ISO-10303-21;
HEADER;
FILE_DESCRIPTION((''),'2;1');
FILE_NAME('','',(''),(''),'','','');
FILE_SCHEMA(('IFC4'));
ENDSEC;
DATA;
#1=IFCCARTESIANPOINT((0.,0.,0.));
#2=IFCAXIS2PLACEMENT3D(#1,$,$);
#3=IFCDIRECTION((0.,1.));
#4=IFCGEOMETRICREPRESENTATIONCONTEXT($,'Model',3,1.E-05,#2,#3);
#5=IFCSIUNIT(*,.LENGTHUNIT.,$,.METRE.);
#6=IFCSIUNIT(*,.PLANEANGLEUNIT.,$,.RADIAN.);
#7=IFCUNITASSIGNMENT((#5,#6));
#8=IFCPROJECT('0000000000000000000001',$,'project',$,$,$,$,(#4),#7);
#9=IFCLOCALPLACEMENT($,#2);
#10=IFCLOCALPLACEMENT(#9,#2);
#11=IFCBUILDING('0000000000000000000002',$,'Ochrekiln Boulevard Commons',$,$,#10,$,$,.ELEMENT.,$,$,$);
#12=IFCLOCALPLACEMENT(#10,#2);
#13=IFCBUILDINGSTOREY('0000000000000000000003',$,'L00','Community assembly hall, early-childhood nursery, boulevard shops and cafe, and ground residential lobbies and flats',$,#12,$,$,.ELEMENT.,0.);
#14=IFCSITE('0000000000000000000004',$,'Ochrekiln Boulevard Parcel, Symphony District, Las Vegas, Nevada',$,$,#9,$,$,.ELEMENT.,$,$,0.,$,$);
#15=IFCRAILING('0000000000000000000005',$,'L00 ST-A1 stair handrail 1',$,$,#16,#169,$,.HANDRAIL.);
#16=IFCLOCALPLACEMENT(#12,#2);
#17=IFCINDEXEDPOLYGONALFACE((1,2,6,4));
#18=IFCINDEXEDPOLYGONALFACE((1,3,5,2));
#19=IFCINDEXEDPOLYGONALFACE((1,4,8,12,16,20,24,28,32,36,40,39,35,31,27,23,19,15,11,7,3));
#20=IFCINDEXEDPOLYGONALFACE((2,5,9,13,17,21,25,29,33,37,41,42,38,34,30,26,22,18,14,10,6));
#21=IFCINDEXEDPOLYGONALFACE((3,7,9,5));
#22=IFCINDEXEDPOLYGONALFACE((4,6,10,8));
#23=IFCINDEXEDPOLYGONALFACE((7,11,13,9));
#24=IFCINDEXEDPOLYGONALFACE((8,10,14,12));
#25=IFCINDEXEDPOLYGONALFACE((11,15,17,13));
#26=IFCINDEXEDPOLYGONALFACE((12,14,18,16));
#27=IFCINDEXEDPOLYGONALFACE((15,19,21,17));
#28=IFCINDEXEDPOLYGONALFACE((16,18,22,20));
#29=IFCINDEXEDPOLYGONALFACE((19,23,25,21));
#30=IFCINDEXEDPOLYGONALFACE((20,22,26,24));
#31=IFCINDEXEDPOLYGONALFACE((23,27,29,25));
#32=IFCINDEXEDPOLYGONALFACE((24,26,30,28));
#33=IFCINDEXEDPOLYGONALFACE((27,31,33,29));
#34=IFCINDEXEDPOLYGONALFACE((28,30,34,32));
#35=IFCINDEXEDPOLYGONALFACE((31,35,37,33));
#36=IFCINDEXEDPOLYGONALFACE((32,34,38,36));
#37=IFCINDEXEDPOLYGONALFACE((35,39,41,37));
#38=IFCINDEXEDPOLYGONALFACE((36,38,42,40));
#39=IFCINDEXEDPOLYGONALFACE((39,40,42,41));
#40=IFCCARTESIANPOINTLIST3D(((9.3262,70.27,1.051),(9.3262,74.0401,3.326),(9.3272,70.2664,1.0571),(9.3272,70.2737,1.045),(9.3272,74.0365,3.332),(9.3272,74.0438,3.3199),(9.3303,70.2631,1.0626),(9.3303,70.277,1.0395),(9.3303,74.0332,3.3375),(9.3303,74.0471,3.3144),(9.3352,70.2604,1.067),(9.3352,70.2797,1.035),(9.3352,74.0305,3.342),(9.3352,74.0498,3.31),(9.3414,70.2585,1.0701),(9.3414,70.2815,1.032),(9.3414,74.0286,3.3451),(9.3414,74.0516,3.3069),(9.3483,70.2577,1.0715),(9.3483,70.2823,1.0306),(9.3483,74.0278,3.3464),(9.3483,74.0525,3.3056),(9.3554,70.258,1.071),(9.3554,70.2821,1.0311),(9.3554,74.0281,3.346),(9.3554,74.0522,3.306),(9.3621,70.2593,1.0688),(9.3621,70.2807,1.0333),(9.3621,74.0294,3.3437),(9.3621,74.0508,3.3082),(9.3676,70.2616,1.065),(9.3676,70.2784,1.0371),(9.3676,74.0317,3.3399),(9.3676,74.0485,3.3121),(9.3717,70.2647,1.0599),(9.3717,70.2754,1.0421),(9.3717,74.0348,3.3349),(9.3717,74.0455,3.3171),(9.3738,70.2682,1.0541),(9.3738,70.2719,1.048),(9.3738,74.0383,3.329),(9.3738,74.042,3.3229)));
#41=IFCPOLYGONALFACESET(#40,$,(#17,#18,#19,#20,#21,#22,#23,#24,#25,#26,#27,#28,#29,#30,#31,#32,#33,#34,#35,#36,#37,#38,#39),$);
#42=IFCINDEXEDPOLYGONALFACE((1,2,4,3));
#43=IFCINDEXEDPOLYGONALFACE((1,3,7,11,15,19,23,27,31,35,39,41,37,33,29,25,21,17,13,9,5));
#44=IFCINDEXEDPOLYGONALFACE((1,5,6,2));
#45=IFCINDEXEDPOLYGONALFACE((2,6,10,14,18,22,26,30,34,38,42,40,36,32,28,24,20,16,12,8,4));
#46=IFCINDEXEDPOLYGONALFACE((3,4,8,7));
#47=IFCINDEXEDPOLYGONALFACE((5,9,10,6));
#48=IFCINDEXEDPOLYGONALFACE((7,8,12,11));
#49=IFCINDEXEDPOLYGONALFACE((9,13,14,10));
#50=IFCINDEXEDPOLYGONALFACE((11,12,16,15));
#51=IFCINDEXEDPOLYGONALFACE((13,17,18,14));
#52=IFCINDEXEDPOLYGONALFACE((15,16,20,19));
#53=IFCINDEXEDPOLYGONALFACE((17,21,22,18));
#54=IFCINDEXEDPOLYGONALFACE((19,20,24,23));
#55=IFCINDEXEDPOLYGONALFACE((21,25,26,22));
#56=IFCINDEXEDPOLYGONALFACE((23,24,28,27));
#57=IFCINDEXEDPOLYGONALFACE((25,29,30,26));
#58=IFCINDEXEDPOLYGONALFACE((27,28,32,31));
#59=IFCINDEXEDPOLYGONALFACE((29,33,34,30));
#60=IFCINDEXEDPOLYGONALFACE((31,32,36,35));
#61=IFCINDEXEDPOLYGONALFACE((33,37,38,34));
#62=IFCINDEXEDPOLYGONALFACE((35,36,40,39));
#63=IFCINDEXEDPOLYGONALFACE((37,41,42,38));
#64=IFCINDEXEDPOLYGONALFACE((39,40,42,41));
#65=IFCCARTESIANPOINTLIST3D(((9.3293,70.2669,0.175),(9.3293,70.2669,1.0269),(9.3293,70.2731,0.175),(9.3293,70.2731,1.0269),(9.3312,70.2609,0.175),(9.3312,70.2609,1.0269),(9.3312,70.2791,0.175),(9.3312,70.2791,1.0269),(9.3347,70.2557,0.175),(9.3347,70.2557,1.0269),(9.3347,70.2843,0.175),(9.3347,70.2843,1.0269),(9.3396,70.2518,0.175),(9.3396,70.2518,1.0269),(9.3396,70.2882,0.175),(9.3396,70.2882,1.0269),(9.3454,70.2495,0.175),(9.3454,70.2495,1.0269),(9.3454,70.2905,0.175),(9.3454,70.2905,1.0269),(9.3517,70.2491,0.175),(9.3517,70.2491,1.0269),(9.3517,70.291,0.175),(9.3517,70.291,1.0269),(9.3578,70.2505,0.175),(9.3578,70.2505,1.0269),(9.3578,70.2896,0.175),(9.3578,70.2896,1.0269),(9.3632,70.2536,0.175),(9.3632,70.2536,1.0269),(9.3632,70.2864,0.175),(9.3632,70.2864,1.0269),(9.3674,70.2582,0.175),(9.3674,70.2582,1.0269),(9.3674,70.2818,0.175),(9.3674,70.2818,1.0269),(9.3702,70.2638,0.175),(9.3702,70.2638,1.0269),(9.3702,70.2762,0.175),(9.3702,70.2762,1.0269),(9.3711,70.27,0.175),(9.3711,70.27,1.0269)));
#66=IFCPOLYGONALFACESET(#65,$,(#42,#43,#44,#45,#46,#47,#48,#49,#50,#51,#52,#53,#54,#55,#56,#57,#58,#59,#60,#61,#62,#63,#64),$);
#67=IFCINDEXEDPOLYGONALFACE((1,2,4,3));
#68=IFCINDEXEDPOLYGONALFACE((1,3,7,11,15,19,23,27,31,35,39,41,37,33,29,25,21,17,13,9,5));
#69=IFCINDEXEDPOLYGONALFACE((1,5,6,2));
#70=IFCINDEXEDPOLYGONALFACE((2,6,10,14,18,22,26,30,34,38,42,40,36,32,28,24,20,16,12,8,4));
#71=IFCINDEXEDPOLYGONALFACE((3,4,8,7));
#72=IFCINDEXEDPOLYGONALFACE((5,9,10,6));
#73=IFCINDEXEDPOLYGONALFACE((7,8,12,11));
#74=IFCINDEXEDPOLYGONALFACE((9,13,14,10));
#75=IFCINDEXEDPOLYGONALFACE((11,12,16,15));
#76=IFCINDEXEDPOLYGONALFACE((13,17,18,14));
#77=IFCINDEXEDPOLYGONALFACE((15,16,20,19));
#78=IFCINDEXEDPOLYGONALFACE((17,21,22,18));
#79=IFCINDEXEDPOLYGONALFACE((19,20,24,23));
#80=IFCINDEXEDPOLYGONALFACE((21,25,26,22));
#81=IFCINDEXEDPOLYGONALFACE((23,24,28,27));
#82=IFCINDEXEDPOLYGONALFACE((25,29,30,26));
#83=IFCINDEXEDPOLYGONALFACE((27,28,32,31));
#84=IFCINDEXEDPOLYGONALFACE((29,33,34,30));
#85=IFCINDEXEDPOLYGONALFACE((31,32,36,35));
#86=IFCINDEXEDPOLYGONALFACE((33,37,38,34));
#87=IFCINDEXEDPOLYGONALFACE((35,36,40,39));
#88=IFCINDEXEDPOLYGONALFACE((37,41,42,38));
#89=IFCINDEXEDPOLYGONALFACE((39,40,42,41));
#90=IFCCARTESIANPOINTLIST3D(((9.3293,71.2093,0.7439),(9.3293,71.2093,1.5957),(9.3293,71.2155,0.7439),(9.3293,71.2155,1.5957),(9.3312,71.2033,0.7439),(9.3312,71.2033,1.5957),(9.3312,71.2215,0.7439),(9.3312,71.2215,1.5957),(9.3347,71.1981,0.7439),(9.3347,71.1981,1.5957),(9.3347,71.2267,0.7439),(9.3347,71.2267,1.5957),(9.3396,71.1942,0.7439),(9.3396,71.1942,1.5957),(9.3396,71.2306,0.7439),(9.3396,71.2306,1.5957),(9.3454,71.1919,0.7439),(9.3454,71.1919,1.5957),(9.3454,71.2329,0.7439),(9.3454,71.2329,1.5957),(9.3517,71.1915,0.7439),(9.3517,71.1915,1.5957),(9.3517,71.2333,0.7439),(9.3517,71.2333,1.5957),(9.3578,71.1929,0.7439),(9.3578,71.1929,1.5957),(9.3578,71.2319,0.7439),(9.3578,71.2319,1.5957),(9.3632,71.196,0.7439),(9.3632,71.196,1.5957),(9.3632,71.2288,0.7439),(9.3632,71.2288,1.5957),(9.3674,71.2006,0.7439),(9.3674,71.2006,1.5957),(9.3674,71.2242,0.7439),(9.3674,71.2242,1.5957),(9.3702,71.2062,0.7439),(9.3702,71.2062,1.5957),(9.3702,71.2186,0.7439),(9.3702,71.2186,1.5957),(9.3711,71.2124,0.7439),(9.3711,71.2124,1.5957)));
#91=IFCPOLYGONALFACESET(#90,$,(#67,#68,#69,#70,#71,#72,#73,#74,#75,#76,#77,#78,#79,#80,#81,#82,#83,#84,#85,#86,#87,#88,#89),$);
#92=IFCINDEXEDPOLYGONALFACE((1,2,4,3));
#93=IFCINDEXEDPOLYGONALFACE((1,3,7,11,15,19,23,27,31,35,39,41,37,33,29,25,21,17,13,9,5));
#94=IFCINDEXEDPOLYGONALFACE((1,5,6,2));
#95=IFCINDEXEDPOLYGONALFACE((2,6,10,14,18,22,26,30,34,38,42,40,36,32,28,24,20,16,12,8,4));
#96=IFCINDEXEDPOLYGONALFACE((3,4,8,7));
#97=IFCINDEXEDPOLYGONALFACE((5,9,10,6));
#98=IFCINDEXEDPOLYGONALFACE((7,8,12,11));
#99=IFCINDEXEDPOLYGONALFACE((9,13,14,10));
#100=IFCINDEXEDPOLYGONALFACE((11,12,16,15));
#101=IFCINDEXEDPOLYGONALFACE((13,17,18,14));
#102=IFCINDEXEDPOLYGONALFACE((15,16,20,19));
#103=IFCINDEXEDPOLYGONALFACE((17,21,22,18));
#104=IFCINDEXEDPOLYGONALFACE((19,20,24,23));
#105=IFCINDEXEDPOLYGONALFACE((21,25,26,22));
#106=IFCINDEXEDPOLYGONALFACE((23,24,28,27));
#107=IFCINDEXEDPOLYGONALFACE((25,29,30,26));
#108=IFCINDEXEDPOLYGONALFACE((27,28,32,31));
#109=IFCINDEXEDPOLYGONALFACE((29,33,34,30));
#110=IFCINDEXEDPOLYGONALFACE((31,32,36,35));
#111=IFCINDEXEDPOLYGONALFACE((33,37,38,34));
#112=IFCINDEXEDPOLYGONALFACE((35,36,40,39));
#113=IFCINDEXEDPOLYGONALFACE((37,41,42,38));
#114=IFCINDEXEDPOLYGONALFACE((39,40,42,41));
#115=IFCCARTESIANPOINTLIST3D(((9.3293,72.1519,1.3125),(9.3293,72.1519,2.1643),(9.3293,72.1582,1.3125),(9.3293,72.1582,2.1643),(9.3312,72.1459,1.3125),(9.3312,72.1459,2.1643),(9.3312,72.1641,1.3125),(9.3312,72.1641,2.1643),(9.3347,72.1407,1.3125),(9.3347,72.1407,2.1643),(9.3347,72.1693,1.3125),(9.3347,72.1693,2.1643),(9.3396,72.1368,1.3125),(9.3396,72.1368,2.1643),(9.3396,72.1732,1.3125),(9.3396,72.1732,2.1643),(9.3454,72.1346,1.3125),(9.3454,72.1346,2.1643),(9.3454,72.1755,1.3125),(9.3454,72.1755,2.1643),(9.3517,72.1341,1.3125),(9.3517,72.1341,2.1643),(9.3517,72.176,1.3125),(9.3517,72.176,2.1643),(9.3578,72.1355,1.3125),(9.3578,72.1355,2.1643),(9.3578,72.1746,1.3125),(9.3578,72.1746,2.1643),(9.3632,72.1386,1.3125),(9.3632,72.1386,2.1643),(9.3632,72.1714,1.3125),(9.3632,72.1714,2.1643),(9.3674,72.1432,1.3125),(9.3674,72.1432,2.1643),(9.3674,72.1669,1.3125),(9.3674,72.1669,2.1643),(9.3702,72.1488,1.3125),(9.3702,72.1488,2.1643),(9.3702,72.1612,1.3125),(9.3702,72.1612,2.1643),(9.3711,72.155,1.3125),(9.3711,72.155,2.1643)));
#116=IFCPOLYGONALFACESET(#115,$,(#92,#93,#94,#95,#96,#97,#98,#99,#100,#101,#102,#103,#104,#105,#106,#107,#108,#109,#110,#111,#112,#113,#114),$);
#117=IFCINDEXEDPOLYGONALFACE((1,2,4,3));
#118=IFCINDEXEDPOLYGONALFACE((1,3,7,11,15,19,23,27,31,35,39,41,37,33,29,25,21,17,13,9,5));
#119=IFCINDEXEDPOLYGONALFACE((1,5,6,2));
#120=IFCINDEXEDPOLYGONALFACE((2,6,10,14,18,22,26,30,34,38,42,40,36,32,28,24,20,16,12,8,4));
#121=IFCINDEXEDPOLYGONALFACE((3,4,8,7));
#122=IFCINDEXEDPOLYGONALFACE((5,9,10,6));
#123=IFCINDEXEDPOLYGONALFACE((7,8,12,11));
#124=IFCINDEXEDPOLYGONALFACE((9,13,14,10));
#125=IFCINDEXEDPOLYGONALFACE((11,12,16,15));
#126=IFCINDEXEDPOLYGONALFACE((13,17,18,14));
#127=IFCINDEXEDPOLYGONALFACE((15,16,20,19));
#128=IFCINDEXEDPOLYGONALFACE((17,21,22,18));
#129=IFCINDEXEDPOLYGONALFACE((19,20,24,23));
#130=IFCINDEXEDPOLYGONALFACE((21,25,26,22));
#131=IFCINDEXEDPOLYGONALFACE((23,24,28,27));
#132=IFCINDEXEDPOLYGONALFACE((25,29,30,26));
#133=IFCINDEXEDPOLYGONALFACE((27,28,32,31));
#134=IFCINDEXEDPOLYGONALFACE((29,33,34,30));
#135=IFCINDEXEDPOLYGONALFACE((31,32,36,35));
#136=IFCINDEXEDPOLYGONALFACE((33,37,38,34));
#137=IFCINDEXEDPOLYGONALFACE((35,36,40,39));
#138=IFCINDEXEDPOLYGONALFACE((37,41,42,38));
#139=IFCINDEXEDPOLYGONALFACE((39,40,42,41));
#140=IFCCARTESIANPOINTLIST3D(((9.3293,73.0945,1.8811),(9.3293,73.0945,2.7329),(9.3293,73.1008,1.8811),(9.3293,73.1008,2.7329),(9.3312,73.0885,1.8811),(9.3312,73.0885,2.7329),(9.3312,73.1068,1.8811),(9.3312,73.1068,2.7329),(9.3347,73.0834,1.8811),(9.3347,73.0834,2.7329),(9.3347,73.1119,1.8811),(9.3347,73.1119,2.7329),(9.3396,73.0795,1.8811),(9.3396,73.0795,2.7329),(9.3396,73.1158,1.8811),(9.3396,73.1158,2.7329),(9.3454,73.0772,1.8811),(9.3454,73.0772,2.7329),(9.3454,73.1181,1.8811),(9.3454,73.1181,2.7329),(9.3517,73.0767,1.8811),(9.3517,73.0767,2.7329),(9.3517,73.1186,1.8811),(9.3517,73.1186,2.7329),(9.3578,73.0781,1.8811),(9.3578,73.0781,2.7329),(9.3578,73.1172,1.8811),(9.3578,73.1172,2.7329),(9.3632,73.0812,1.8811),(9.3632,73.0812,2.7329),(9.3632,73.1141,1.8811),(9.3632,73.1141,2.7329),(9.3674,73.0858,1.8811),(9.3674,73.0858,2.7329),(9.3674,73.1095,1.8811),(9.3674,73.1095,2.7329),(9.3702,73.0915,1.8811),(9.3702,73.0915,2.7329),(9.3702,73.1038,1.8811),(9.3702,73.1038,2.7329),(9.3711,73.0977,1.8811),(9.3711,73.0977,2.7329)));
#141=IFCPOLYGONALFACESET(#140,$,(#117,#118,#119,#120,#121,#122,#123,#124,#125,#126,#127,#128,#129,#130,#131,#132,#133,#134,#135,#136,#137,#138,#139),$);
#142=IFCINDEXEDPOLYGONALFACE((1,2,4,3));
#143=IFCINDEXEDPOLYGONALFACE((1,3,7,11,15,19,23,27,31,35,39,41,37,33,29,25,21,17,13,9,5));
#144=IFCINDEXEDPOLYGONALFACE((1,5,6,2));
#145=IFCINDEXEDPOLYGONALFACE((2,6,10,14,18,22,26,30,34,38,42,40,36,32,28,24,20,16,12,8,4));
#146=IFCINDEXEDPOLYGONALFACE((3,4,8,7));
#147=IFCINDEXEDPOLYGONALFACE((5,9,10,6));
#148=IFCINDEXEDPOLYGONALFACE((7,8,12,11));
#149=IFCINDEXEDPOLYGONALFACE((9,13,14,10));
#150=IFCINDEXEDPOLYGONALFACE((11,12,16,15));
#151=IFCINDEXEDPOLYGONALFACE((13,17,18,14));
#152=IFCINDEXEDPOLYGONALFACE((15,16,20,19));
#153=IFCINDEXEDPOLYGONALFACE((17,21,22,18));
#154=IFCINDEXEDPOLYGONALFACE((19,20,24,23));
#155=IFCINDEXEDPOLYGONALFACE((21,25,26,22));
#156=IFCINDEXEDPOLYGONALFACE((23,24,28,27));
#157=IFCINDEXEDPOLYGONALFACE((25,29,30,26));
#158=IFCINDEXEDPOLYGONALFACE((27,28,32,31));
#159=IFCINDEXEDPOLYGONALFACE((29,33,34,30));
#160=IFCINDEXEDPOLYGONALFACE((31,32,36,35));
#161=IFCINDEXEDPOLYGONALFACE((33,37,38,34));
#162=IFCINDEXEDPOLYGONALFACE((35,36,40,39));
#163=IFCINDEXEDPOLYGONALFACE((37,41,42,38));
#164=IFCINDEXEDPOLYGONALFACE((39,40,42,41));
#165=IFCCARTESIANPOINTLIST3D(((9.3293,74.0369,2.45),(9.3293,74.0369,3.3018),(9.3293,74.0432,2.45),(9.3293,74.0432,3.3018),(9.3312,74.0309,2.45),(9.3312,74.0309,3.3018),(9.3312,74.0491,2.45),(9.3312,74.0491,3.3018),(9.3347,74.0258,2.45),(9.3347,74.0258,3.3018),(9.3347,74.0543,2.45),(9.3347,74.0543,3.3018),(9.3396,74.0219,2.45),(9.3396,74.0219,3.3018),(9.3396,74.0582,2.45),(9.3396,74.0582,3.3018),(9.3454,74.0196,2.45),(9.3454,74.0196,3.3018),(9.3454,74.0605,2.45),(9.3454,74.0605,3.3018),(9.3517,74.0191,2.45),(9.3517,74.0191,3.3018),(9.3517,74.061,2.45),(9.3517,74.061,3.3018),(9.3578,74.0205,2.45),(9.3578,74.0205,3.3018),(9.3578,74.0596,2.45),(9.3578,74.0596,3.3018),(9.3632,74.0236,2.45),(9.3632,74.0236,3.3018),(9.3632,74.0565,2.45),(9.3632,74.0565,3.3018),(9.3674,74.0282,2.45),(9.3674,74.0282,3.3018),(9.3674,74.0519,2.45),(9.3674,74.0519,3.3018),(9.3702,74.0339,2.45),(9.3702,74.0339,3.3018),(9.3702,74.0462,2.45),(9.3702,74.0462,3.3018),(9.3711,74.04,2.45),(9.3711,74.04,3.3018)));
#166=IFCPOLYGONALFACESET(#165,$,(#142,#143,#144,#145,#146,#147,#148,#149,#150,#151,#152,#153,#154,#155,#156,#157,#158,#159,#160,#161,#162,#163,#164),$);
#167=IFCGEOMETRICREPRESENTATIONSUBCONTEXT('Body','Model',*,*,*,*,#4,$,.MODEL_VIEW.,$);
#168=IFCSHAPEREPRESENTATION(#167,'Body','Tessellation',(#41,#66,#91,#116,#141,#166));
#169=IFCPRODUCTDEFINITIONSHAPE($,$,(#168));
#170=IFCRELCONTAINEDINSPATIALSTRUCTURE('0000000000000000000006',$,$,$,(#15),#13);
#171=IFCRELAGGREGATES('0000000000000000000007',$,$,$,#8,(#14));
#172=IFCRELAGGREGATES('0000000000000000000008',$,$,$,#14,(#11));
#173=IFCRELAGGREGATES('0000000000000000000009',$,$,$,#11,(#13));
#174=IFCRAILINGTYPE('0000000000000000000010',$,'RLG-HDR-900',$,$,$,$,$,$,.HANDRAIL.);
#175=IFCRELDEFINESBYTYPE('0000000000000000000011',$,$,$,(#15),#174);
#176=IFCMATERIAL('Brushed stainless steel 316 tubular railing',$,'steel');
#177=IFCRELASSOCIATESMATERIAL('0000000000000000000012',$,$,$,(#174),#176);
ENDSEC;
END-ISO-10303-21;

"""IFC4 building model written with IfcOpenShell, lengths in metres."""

from ifc_helpers import new_model, si_unit, direction, frame, origin, origin_2d, place, context, subcontext, project, spatial, circle, extrude, material, type_object, element, save


model = new_model("IFC4")

# Units and contexts
model_context = context("Model", 3, precision=1e-05, world=origin(), true_north=direction((0.0, 1.0)))
body_context = subcontext(model_context, "Body", "Model", "MODEL_VIEW")
ifc_project = project(units=[si_unit("LENGTHUNIT", "METRE"), si_unit("PLANEANGLEUNIT", "RADIAN")], contexts=[model_context])

# Site, building, storey
site_placement = place(None, origin())
site = spatial("IfcSite", under=ifc_project, at=site_placement, Name="Ochrekiln Boulevard Parcel, Symphony District, Las Vegas, Nevada", CompositionType="ELEMENT", RefElevation=0.0)
building_placement = place(site_placement, origin())
building = spatial("IfcBuilding", under=site, at=building_placement, Name="Ochrekiln Boulevard Commons", CompositionType="ELEMENT")
storey_placement = place(building_placement, origin())
storey = spatial("IfcBuildingStorey", under=building, at=storey_placement, Name="L00", Description="Community assembly hall, early-childhood nursery, boulevard shops and cafe, and ground residential lobbies and flats", CompositionType="ELEMENT", Elevation=0.0)

# Railing
ifc_material_1 = material(Name="Brushed stainless steel 316 tubular railing", Category="steel")
railing_type_1 = type_object("IfcRailingType", Name="RLG-HDR-900", PredefinedType="HANDRAIL", material=ifc_material_1)
railing_1_placement = place(storey_placement, frame((9.3501, 70.27, 0.175)))
element("IfcRailing", 1, at=railing_1_placement, inside=storey, type_object=railing_type_1, Name="L00 ST-A1 stair handrail 1", PredefinedType="HANDRAIL", context=body_context, shape_type="SweptSolid", body=[
    extrude(circle(Radius=0.0239, at=origin_2d()), frame((0.0, 0.0, 0.876), z_axis=(0.0, 0.856199, 0.516647), x_axis=(-1.0, 0.0, 0.0)), (0.0, 0.0, 1.0), 4.4033),
    extrude(circle(Radius=0.021, at=origin_2d()), origin(), (0.0, 0.0, 1.0), 0.8518),
    extrude(circle(Radius=0.021, at=origin_2d()), frame((0.0, 0.9424, 0.5688)), (0.0, 0.0, 1.0), 0.8518),
    extrude(circle(Radius=0.021, at=origin_2d()), frame((0.0, 1.885, 1.1375)), (0.0, 0.0, 1.0), 0.8518),
    extrude(circle(Radius=0.021, at=origin_2d()), frame((0.0, 2.8276, 1.7061)), (0.0, 0.0, 1.0), 0.8518),
    extrude(circle(Radius=0.021, at=origin_2d()), frame((0.0, 3.77, 2.2749)), (0.0, 0.0, 1.0), 0.8518),
])

save(model, "model.ifc")
